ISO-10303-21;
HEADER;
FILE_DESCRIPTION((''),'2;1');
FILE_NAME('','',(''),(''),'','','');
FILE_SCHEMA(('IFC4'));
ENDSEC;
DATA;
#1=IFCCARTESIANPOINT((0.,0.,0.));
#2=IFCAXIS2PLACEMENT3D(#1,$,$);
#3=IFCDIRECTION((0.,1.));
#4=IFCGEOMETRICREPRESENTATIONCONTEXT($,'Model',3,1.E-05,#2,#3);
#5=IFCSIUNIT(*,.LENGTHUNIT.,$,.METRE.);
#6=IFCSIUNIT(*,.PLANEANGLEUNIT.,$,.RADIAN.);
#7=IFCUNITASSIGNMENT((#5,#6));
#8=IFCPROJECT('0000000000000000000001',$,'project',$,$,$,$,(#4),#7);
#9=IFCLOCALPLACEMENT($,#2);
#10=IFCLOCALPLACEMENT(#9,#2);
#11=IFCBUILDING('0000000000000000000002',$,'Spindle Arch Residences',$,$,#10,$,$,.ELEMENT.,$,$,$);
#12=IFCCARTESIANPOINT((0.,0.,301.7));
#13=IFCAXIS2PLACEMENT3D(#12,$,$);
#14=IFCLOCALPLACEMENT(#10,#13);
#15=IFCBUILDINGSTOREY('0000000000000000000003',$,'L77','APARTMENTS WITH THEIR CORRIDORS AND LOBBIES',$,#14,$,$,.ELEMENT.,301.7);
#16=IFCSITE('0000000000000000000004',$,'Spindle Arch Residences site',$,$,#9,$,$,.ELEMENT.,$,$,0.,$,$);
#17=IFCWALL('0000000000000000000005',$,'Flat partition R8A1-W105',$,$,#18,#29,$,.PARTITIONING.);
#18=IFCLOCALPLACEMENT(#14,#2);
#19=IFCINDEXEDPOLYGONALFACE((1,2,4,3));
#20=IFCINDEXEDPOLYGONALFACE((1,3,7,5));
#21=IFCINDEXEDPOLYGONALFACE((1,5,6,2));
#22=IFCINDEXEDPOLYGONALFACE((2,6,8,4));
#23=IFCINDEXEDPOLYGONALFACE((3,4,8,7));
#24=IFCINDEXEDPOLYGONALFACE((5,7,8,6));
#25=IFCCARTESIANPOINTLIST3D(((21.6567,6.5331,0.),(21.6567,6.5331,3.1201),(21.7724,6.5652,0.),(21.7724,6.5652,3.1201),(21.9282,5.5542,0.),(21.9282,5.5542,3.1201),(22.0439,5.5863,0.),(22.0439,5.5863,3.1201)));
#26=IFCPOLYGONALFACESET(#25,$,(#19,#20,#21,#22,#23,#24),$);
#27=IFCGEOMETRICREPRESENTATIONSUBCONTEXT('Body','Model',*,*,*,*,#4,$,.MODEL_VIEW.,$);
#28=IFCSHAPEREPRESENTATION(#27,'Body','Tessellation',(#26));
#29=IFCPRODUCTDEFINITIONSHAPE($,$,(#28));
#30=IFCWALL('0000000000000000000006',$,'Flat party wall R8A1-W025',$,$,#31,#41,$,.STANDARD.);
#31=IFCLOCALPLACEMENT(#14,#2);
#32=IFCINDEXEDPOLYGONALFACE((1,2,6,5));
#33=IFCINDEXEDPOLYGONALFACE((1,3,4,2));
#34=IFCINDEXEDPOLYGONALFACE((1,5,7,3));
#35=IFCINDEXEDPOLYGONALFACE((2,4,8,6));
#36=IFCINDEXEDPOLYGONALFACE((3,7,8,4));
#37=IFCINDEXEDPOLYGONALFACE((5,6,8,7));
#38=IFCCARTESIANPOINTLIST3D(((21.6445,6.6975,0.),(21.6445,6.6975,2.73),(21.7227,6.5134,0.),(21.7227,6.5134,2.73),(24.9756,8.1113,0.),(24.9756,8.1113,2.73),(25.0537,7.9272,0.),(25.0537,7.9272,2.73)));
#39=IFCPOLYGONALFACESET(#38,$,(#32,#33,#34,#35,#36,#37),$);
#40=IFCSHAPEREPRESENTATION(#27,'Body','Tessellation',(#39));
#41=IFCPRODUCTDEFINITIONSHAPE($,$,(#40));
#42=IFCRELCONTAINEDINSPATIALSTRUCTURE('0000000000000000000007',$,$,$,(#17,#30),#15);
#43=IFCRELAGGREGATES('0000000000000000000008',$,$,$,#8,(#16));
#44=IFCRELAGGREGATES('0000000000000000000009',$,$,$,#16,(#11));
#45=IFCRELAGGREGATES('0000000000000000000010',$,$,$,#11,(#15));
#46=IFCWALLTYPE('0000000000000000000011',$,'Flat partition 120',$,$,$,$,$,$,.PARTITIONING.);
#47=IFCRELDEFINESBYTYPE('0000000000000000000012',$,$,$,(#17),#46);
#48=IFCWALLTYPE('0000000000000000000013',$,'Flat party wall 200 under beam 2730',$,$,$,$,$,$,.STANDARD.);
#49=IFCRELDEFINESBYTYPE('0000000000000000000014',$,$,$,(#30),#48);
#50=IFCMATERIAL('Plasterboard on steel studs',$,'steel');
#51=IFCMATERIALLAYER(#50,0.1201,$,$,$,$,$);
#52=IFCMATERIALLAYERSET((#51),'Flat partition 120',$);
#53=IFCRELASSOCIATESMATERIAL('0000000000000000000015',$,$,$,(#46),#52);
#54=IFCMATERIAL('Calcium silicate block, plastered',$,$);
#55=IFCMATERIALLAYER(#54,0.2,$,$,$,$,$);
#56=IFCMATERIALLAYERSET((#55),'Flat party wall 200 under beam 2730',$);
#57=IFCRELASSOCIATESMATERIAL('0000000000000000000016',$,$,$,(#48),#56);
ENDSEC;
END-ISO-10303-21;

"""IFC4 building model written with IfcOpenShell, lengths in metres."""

from ifc_helpers import new_model, si_unit, direction, frame, frame_2d, origin, place, context, subcontext, project, spatial, rectangle, extrude, material, layer, layer_set, type_object, element, save


model = new_model("IFC4")

# Units and contexts
model_context = context("Model", 3, precision=1e-05, world=origin(), true_north=direction((0.0, 1.0)))
body_context = subcontext(model_context, "Body", "Model", "MODEL_VIEW")
ifc_project = project(units=[si_unit("LENGTHUNIT", "METRE"), si_unit("PLANEANGLEUNIT", "RADIAN")], contexts=[model_context])

# Site, building, storey
site_placement = place(None, origin())
site = spatial("IfcSite", under=ifc_project, at=site_placement, Name="Spindle Arch Residences site", CompositionType="ELEMENT", RefElevation=0.0)
building_placement = place(site_placement, origin())
building = spatial("IfcBuilding", under=site, at=building_placement, Name="Spindle Arch Residences", CompositionType="ELEMENT")
storey_placement = place(building_placement, frame((0.0, 0.0, 301.7)))
storey = spatial("IfcBuildingStorey", under=building, at=storey_placement, Name="L77", Description="APARTMENTS WITH THEIR CORRIDORS AND LOBBIES", CompositionType="ELEMENT", Elevation=301.7)

# Shared definitions
ifc_material_1 = material(Name="Plasterboard on steel studs", Category="steel")
ifc_layer_1 = layer(ifc_material_1, 0.1201)
ifc_layer_set_1 = layer_set([ifc_layer_1], Name="Flat partition 120")
wall_type_1 = type_object("IfcWallType", Name="Flat partition 120", PredefinedType="PARTITIONING", material=ifc_layer_set_1)

# Walls
wall_1_placement = place(storey_placement, frame((21.7146, 6.5491, 0.0), z_axis=(0.0, 0.0, 1.0), x_axis=(0.267222, -0.963635, 0.0)))
element("IfcWall", 1, at=wall_1_placement, inside=storey, type_object=wall_type_1, Name="Flat partition R8A1-W105", PredefinedType="PARTITIONING", context=body_context, shape_type="SweptSolid", body=[
    extrude(rectangle(XDim=1.0159, YDim=0.1201, at=frame_2d((0.5078, 0.0))), origin(), (0.0, 0.0, 1.0), 3.1201),
])
ifc_material_2 = material(Name="Calcium silicate block, plastered")
ifc_layer_2 = layer(ifc_material_2, 0.2)
ifc_layer_set_2 = layer_set([ifc_layer_2], Name="Flat party wall 200 under beam 2730")
wall_type_2 = type_object("IfcWallType", Name="Flat party wall 200 under beam 2730", PredefinedType="STANDARD", material=ifc_layer_set_2)
wall_2_placement = place(storey_placement, frame((21.6836, 6.6055, 0.0), z_axis=(0.0, 0.0, 1.0), x_axis=(0.920518, 0.390701, 0.0)))
element("IfcWall", 2, at=wall_2_placement, inside=storey, type_object=wall_type_2, Name="Flat party wall R8A1-W025", PredefinedType="STANDARD", context=body_context, shape_type="SweptSolid", body=[
    extrude(rectangle(XDim=3.6187, YDim=0.2, at=frame_2d((1.8093, 0.0))), origin(), (0.0, 0.0, 1.0), 2.73),
])

save(model, "model.ifc")
